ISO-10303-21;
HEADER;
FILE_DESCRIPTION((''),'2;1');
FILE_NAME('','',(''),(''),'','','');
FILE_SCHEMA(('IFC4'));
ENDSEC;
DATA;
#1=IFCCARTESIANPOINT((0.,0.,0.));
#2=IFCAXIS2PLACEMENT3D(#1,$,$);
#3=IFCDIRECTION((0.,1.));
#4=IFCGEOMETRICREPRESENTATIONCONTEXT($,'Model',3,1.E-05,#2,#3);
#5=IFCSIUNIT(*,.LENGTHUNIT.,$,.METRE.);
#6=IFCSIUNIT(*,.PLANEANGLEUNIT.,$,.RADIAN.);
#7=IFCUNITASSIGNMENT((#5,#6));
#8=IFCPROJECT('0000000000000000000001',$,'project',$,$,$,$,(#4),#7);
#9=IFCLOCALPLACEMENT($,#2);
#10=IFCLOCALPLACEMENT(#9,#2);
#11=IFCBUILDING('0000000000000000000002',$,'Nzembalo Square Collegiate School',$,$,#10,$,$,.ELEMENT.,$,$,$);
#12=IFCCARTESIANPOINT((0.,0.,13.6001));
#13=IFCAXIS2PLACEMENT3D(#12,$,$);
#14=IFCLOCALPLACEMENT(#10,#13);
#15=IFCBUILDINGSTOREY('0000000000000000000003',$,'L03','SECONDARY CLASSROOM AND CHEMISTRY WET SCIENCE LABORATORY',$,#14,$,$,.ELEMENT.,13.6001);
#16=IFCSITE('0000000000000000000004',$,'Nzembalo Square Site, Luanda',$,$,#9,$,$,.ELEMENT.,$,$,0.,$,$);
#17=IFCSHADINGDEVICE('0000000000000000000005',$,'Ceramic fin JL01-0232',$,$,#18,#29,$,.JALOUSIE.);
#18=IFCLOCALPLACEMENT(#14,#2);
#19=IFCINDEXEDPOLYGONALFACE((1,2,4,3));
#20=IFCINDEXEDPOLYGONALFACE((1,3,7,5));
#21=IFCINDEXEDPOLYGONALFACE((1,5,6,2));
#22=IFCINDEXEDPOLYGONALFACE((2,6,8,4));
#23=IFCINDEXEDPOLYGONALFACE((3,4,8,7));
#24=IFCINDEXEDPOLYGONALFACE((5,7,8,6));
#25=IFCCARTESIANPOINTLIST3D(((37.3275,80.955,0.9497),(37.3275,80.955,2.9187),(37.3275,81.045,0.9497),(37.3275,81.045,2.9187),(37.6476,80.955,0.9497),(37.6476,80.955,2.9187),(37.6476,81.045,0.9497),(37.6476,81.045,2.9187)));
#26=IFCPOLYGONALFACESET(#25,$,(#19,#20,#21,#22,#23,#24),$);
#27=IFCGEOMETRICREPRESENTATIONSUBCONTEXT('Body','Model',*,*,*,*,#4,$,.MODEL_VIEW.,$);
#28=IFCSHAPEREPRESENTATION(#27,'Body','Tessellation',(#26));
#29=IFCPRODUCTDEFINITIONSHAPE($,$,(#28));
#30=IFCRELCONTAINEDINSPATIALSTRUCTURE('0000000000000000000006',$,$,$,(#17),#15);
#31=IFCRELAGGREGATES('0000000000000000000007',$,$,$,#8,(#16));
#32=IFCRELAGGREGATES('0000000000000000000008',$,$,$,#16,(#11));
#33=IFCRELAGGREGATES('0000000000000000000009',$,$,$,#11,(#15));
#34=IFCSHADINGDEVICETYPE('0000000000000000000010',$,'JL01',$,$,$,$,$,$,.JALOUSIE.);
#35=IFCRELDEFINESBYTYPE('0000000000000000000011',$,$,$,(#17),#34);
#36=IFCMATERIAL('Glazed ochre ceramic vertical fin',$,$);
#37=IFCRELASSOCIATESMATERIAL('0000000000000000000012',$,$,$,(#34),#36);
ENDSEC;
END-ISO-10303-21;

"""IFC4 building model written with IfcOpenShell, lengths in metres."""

from ifc_helpers import new_model, si_unit, direction, frame, origin, origin_2d, place, context, subcontext, project, spatial, rectangle, extrude, material, type_object, element, save


model = new_model("IFC4")

# Units and contexts
model_context = context("Model", 3, precision=1e-05, world=origin(), true_north=direction((0.0, 1.0)))
body_context = subcontext(model_context, "Body", "Model", "MODEL_VIEW")
ifc_project = project(units=[si_unit("LENGTHUNIT", "METRE"), si_unit("PLANEANGLEUNIT", "RADIAN")], contexts=[model_context])

# Site, building, storey
site_placement = place(None, origin())
site = spatial("IfcSite", under=ifc_project, at=site_placement, Name="Nzembalo Square Site, Luanda", CompositionType="ELEMENT", RefElevation=0.0)
building_placement = place(site_placement, origin())
building = spatial("IfcBuilding", under=site, at=building_placement, Name="Nzembalo Square Collegiate School", CompositionType="ELEMENT")
storey_placement = place(building_placement, frame((0.0, 0.0, 13.6001)))
storey = spatial("IfcBuildingStorey", under=building, at=storey_placement, Name="L03", Description="SECONDARY CLASSROOM AND CHEMISTRY WET SCIENCE LABORATORY", CompositionType="ELEMENT", Elevation=13.6001)

# Shading device
ifc_material_1 = material(Name="Glazed ochre ceramic vertical fin")
shading_device_type = type_object("IfcShadingDeviceType", Name="JL01", PredefinedType="JALOUSIE", material=ifc_material_1)
shading_device_placement = place(storey_placement, frame((37.4875, 81.0, 0.9497), z_axis=(0.0, 0.0, 1.0), x_axis=(1.0, 0.0, 0.0)))
element("IfcShadingDevice", 1, at=shading_device_placement, inside=storey, type_object=shading_device_type, Name="Ceramic fin JL01-0232", PredefinedType="JALOUSIE", context=body_context, shape_type="SweptSolid", body=[
    extrude(rectangle(XDim=0.3201, YDim=0.0901, at=origin_2d()), origin(), (0.0, 0.0, 1.0), 1.969),
])

save(model, "model.ifc")
